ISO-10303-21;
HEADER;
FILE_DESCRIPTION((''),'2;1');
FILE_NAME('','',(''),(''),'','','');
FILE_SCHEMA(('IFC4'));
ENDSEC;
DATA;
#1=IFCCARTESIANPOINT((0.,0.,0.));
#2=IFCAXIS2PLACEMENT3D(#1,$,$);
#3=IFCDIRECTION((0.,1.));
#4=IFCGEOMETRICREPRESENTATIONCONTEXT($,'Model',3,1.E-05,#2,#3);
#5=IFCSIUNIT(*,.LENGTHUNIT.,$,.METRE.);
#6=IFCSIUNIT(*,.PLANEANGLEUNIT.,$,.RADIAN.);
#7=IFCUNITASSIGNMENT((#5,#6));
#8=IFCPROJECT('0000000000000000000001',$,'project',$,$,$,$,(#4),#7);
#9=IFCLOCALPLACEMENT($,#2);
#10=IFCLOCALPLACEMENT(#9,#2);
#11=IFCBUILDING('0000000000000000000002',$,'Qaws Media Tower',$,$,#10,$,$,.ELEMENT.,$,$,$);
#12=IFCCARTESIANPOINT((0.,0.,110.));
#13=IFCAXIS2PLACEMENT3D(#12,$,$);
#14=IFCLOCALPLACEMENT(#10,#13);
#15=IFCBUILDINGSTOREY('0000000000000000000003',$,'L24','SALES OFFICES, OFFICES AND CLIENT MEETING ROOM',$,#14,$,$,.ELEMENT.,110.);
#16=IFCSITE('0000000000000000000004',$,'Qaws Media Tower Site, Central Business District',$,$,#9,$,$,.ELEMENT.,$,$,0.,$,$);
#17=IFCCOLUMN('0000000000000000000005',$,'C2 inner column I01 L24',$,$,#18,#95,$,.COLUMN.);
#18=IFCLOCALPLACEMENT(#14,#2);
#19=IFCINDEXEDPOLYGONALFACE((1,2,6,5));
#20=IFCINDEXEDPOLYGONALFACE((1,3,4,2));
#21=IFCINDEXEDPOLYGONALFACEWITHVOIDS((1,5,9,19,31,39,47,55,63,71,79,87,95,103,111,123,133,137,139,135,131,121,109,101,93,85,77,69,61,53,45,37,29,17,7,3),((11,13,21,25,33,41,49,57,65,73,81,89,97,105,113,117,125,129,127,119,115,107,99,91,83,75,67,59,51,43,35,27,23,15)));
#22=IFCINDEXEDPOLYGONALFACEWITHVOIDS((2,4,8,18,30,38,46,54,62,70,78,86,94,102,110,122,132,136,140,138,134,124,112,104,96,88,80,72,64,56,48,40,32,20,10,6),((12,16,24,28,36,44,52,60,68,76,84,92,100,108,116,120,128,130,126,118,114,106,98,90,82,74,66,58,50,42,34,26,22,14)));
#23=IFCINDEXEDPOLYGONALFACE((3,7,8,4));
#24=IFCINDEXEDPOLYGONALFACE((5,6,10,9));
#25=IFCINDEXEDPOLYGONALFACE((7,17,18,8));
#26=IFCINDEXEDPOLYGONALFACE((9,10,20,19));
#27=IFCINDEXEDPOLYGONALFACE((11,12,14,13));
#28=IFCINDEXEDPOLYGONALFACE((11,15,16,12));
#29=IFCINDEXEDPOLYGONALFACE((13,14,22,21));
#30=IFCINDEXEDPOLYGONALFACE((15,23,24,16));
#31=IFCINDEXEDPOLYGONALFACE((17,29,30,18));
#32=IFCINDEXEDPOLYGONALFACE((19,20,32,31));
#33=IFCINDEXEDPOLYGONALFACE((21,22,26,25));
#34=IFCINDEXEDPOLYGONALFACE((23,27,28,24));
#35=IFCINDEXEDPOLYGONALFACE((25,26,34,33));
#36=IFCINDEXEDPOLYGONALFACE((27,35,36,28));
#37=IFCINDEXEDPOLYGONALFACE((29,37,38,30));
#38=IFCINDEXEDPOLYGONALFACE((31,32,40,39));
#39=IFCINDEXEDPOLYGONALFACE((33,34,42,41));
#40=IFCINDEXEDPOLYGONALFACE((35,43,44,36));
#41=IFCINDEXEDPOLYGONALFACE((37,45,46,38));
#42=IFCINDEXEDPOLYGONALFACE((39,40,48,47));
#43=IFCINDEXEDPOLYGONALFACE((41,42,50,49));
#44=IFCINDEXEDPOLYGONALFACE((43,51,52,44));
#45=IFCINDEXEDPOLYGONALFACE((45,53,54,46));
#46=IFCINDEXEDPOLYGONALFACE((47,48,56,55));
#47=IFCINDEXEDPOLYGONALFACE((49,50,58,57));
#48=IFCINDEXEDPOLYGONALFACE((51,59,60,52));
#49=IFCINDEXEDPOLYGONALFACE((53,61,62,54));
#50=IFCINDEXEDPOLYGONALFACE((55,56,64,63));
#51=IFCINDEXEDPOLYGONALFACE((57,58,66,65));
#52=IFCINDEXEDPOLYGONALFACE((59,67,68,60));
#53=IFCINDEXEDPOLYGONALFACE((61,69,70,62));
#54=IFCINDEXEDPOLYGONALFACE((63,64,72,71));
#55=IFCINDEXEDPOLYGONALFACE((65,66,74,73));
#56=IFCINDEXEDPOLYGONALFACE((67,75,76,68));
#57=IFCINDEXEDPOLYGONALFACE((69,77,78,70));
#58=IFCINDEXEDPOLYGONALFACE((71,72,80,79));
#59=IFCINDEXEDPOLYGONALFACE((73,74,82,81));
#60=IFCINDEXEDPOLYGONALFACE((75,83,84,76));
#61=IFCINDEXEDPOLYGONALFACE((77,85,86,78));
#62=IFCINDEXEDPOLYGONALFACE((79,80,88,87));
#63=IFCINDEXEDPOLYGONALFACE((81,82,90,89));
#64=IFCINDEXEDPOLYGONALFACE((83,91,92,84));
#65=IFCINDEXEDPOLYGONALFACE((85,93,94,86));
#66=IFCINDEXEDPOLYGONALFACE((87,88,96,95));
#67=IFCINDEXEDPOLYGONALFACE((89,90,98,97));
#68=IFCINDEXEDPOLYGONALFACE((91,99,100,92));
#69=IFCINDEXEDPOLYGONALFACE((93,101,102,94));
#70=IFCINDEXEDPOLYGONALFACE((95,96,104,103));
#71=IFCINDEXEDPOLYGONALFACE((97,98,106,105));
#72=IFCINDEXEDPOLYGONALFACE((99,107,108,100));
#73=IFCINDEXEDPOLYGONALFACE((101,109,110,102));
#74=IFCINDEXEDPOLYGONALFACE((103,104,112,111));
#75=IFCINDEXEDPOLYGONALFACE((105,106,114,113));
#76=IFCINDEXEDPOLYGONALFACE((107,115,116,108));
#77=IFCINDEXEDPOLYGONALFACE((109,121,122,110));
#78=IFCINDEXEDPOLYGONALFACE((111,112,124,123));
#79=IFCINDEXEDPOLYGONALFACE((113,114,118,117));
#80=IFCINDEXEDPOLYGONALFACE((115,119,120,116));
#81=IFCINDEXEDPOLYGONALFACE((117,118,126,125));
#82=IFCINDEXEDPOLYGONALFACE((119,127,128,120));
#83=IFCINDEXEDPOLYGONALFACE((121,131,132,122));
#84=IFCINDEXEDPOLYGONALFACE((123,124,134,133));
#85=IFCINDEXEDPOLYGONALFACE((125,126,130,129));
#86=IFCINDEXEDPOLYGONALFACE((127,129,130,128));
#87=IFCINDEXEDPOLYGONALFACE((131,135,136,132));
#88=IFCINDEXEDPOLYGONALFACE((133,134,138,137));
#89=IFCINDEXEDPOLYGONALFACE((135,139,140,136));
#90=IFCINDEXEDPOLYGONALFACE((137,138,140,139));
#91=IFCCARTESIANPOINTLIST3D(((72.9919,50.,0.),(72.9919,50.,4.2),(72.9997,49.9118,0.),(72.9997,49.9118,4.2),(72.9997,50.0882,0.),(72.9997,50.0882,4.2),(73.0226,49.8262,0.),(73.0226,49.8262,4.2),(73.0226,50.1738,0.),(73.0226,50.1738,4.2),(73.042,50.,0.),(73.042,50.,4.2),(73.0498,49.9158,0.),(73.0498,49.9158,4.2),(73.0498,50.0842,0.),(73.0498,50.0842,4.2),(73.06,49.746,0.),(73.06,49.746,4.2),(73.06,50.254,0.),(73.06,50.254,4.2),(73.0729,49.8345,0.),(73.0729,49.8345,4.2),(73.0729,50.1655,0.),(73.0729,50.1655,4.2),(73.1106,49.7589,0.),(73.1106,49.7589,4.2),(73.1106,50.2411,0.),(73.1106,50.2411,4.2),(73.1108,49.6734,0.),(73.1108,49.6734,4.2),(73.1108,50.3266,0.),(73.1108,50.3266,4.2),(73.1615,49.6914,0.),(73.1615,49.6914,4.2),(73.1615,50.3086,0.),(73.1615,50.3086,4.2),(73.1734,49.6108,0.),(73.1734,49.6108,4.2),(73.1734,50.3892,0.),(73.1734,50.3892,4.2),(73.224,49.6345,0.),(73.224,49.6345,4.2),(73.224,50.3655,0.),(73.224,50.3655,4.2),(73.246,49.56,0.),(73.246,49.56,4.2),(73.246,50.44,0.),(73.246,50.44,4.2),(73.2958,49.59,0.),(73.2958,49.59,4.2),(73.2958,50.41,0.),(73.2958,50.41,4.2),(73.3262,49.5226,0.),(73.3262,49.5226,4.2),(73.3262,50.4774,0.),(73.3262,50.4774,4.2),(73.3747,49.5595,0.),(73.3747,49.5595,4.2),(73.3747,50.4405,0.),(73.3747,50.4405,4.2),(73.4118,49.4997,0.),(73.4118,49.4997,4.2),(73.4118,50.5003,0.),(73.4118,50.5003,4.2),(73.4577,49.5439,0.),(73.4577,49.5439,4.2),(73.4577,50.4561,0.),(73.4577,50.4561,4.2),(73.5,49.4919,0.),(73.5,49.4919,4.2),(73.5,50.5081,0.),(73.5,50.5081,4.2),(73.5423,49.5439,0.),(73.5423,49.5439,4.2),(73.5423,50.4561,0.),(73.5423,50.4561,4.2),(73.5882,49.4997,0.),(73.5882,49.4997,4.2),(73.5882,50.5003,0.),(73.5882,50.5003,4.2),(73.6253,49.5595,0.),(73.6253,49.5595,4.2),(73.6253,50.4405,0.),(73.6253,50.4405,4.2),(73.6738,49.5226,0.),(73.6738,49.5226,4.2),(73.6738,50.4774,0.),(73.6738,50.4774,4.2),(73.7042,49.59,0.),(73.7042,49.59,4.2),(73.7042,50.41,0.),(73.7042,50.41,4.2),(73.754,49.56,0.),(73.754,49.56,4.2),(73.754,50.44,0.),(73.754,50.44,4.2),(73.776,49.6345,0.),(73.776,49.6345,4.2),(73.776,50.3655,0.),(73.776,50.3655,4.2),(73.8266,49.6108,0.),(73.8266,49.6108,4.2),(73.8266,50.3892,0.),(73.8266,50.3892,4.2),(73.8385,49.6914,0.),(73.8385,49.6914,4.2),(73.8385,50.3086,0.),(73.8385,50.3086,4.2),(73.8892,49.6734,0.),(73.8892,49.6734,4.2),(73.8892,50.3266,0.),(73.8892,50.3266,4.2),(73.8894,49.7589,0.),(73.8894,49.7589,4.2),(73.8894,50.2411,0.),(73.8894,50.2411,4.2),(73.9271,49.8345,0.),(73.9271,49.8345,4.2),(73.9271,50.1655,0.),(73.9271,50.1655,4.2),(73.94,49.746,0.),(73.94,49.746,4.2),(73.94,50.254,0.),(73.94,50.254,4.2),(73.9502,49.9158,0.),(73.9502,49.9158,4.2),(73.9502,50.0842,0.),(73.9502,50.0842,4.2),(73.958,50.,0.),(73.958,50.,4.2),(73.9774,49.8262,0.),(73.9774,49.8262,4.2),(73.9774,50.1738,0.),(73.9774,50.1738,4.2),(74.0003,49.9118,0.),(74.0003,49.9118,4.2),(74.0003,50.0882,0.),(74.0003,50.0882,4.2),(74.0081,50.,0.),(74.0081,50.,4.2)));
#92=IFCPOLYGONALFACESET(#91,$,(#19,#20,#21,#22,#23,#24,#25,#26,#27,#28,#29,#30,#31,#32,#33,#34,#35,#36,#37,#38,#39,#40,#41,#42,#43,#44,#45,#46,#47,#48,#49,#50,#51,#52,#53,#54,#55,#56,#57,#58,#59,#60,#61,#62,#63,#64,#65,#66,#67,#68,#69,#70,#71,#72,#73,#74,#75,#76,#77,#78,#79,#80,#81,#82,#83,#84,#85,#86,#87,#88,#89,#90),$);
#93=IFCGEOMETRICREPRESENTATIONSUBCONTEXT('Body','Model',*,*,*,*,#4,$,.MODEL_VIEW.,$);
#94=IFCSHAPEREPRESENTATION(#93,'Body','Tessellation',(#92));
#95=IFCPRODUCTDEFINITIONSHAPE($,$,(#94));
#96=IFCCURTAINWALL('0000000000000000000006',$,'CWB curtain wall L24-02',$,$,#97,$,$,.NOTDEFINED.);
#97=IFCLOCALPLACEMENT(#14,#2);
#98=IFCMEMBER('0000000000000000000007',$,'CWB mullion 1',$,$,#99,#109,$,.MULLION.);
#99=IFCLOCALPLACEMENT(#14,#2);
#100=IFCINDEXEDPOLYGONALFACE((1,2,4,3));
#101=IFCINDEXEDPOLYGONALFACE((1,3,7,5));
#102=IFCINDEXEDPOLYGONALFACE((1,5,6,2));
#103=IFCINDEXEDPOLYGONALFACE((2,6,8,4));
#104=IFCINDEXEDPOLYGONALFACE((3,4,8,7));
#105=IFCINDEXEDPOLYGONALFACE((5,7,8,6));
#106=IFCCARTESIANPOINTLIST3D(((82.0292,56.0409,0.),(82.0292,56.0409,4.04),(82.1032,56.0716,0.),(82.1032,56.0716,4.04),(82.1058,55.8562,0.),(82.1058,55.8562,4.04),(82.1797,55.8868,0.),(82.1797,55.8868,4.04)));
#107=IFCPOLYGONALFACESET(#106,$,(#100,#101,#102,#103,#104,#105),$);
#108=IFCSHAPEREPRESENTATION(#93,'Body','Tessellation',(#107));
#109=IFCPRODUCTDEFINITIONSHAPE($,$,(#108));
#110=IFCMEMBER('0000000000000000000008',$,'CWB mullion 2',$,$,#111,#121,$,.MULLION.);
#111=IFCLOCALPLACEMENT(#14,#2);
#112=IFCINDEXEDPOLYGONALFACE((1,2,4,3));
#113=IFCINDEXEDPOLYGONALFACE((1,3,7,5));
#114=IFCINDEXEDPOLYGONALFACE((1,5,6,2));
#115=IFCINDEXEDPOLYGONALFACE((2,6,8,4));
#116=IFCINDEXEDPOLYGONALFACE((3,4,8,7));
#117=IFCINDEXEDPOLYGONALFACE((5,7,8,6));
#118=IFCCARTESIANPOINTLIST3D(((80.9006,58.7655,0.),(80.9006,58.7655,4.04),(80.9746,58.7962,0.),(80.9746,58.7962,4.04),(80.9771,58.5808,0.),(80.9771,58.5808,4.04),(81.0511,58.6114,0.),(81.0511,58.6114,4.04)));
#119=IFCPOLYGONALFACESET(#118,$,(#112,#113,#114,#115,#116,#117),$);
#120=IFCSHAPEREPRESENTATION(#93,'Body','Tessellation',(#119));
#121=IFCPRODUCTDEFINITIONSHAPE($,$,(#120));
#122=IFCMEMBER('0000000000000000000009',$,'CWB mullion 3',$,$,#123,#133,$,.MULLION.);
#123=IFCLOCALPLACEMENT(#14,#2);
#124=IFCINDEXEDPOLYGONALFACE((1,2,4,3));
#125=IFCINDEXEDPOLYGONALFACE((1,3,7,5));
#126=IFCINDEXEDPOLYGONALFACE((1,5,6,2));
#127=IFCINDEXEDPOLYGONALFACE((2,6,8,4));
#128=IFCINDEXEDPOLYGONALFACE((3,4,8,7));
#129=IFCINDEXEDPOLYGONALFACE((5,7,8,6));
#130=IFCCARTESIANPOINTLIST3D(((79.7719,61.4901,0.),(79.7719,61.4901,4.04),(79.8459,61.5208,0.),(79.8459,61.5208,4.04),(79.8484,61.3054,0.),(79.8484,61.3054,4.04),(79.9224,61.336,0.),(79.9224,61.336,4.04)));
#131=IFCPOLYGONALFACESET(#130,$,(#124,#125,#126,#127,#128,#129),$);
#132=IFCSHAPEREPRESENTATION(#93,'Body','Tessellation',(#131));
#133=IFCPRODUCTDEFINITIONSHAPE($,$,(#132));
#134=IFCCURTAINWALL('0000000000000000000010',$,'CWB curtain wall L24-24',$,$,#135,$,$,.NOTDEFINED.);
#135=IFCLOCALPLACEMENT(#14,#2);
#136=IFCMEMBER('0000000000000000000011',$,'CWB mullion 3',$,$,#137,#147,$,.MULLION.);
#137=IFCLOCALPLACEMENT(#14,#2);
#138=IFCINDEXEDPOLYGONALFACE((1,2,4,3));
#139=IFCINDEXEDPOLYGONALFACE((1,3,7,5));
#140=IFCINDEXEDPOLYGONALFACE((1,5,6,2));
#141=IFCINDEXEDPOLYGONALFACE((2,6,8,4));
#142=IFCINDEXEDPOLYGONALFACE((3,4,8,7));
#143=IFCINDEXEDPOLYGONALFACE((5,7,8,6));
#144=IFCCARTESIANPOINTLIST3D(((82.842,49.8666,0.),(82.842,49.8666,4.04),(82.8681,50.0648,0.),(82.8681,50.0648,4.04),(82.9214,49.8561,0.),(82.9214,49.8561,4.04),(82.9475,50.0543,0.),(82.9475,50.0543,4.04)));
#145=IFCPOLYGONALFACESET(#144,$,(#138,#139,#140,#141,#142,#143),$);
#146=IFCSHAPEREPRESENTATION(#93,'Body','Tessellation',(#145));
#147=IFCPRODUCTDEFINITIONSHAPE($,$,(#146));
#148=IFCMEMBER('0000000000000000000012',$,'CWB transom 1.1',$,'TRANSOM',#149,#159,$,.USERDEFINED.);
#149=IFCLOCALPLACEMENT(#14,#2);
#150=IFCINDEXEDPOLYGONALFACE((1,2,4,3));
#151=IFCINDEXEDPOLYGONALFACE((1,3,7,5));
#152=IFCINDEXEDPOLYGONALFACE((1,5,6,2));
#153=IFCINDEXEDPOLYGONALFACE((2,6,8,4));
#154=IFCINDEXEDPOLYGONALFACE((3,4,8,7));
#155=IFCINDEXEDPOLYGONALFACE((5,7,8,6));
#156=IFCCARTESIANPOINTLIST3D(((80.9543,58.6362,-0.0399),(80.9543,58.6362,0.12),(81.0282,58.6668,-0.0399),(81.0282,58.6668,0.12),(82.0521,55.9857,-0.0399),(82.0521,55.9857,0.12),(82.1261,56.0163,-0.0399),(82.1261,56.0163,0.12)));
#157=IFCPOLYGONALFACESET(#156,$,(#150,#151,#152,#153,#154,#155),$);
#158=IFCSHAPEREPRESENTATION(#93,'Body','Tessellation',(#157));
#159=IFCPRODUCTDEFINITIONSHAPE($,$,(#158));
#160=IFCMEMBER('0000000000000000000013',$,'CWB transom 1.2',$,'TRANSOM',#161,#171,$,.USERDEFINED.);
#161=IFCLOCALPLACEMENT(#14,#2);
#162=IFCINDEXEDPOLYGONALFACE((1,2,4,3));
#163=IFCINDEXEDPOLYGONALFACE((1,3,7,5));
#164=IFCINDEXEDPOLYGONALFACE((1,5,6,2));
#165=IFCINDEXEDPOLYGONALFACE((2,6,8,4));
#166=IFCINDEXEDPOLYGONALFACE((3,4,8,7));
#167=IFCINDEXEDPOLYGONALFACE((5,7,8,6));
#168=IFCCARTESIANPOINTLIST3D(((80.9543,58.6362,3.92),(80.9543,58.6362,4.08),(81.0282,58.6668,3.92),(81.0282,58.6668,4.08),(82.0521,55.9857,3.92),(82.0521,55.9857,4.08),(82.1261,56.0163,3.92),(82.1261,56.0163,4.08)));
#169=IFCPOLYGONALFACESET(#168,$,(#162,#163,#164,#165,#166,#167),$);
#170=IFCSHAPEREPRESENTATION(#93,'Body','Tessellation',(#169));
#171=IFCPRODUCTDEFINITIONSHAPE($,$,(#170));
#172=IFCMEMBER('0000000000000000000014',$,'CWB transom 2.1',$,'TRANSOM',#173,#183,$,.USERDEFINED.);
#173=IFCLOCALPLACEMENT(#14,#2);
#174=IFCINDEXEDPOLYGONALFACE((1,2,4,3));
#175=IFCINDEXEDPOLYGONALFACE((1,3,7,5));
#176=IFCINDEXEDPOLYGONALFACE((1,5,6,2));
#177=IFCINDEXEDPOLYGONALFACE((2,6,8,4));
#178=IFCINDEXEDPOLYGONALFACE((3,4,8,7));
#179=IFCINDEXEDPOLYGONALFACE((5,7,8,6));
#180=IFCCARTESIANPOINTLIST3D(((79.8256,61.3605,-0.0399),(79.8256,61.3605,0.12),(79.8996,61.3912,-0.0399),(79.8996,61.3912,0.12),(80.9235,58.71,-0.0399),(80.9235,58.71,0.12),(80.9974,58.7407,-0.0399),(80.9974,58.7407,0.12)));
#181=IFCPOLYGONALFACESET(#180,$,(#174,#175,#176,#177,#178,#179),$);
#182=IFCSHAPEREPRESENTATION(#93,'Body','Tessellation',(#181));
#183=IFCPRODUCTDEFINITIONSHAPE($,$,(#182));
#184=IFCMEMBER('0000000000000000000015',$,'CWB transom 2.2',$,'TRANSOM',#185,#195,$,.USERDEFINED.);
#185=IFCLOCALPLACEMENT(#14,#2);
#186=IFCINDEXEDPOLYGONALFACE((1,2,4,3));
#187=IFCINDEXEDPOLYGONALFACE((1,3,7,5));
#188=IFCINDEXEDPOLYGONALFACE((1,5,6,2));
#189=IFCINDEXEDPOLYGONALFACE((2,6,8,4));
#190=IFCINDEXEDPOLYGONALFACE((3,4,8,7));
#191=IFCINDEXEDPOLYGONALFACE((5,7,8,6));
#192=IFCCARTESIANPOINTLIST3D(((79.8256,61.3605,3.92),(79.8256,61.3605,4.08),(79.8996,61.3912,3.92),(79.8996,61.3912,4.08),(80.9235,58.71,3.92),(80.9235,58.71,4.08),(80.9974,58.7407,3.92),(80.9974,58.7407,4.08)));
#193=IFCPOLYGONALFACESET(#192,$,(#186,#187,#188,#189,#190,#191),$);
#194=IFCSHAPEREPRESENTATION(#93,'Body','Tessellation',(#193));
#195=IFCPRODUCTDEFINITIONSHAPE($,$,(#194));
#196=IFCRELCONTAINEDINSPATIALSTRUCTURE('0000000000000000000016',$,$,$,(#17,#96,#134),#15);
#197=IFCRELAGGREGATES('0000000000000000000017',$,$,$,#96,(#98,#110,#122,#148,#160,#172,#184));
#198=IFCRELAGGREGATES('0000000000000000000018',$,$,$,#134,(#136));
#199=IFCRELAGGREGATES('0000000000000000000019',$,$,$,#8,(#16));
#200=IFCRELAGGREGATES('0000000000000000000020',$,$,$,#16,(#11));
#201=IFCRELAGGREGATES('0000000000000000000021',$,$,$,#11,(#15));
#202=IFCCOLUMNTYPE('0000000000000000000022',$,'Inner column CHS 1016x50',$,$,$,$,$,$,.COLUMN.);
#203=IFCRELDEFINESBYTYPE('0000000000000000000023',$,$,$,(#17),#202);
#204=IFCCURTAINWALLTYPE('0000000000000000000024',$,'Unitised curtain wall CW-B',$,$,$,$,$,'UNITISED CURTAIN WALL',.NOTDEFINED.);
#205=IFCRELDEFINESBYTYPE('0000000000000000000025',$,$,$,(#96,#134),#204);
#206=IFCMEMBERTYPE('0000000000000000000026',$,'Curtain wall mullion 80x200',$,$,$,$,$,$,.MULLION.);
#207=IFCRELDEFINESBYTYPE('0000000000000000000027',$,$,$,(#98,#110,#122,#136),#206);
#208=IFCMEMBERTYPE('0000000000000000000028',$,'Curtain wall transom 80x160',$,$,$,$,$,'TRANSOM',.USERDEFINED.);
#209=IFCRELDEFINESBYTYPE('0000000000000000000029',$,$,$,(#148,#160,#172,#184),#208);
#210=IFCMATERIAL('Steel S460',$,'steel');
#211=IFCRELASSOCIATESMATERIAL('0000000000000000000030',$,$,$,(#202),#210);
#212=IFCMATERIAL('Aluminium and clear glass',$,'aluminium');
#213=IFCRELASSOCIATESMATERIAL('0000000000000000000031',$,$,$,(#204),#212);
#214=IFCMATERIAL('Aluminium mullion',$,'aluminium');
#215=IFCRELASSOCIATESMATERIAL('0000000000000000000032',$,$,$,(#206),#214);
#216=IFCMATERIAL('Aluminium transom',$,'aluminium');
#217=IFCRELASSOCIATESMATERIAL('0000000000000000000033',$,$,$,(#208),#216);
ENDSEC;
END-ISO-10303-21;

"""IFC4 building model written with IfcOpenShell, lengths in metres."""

from ifc_helpers import new_model, si_unit, direction, frame, origin, origin_2d, place, context, subcontext, project, spatial, rectangle, hollow_circle, extrude, material, material_profile, profile_set, type_object, element, aggregate, save


model = new_model("IFC4")

# Units and contexts
model_context = context("Model", 3, precision=1e-05, world=origin(), true_north=direction((0.0, 1.0)))
body_context = subcontext(model_context, "Body", "Model", "MODEL_VIEW")
ifc_project = project(units=[si_unit("LENGTHUNIT", "METRE"), si_unit("PLANEANGLEUNIT", "RADIAN")], contexts=[model_context])

# Site, building, storey
site_placement = place(None, origin())
site = spatial("IfcSite", under=ifc_project, at=site_placement, Name="Qaws Media Tower Site, Central Business District", CompositionType="ELEMENT", RefElevation=0.0)
building_placement = place(site_placement, origin())
building = spatial("IfcBuilding", under=site, at=building_placement, Name="Qaws Media Tower", CompositionType="ELEMENT")
storey_placement = place(building_placement, frame((0.0, 0.0, 110.0)))
storey = spatial("IfcBuildingStorey", under=building, at=storey_placement, Name="L24", Description="SALES OFFICES, OFFICES AND CLIENT MEETING ROOM", CompositionType="ELEMENT", Elevation=110.0)

# Column
ifc_material_1 = material(Name="Steel S460", Category="steel")
ifc_material_profile_1 = material_profile(ifc_material_1, hollow_circle(Radius=0.5081, WallThickness=0.05, at=origin_2d()), Name="CHS 1016x50")
ifc_profile_set_1 = profile_set([ifc_material_profile_1], Name="Steel S460")
column_type = type_object("IfcColumnType", Name="Inner column CHS 1016x50", PredefinedType="COLUMN", material=ifc_profile_set_1)
column_placement = place(storey_placement, frame((73.5, 50.0, 0.0), z_axis=(0.0, 0.0, 1.0), x_axis=(1.0, 0.0, 0.0)))
element("IfcColumn", 1, at=column_placement, inside=storey, type_object=column_type, Name="C2 inner column I01 L24", PredefinedType="COLUMN", context=body_context, shape_type="SweptSolid", body=[
    extrude(hollow_circle(Radius=0.5081, WallThickness=0.05, at=origin_2d()), origin(), (0.0, 0.0, 1.0), 4.2),
])

# Curtain wall, members
ifc_material_2 = material(Name="Aluminium and clear glass", Category="aluminium")
curtain_wall_type = type_object("IfcCurtainWallType", Name="Unitised curtain wall CW-B", ElementType="UNITISED CURTAIN WALL", PredefinedType="NOTDEFINED", material=ifc_material_2)
curtain_wall_1_placement = place(storey_placement, origin())
curtain_wall_1 = element("IfcCurtainWall", 2, at=curtain_wall_1_placement, inside=storey, type_object=curtain_wall_type, Name="CWB curtain wall L24-02", PredefinedType="NOTDEFINED")
ifc_material_3 = material(Name="Aluminium mullion", Category="aluminium")
ifc_material_profile_2 = material_profile(ifc_material_3, rectangle(XDim=0.0801, YDim=0.2, at=origin_2d()), Name="80x200")
ifc_profile_set_2 = profile_set([ifc_material_profile_2], Name="Aluminium mullion")
member_type_1 = type_object("IfcMemberType", Name="Curtain wall mullion 80x200", PredefinedType="MULLION", material=ifc_profile_set_2)
member_1_placement = place(storey_placement, frame((82.1045, 55.9639, 0.0), z_axis=(0.0, 0.0, 1.0), x_axis=(-0.92388, -0.382683, 0.0)))
member_1 = element("IfcMember", 3, at=member_1_placement, type_object=member_type_1, Name="CWB mullion 1", PredefinedType="MULLION", context=body_context, shape_type="SweptSolid", body=[
    extrude(rectangle(XDim=0.0801, YDim=0.2, at=origin_2d()), origin(), (0.0, 0.0, 1.0), 4.04),
])
member_2_placement = place(storey_placement, frame((80.9758, 58.6885, 0.0), z_axis=(0.0, 0.0, 1.0), x_axis=(-0.92388, -0.382683, 0.0)))
member_2 = element("IfcMember", 4, at=member_2_placement, type_object=member_type_1, Name="CWB mullion 2", PredefinedType="MULLION", context=body_context, shape_type="SweptSolid", body=[
    extrude(rectangle(XDim=0.0801, YDim=0.2, at=origin_2d()), origin(), (0.0, 0.0, 1.0), 4.04),
])
member_3_placement = place(storey_placement, frame((79.8472, 61.4131, 0.0), z_axis=(0.0, 0.0, 1.0), x_axis=(-0.92388, -0.382683, 0.0)))
member_3 = element("IfcMember", 5, at=member_3_placement, type_object=member_type_1, Name="CWB mullion 3", PredefinedType="MULLION", context=body_context, shape_type="SweptSolid", body=[
    extrude(rectangle(XDim=0.0801, YDim=0.2, at=origin_2d()), origin(), (0.0, 0.0, 1.0), 4.04),
])

# Curtain wall, member
curtain_wall_2_placement = place(storey_placement, origin())
curtain_wall_2 = element("IfcCurtainWall", 6, at=curtain_wall_2_placement, inside=storey, type_object=curtain_wall_type, Name="CWB curtain wall L24-24", PredefinedType="NOTDEFINED")
member_4_placement = place(storey_placement, frame((82.8948, 49.9604, 0.0), z_axis=(0.0, 0.0, 1.0), x_axis=(-0.991445, 0.130526, 0.0)))
member_4 = element("IfcMember", 7, at=member_4_placement, type_object=member_type_1, Name="CWB mullion 3", PredefinedType="MULLION", context=body_context, shape_type="SweptSolid", body=[
    extrude(rectangle(XDim=0.0801, YDim=0.2, at=origin_2d()), origin(), (0.0, 0.0, 1.0), 4.04),
])

# Members
ifc_material_4 = material(Name="Aluminium transom", Category="aluminium")
ifc_material_profile_3 = material_profile(ifc_material_4, rectangle(XDim=0.0801, YDim=0.1599, at=origin_2d()), Name="80x160")
ifc_profile_set_3 = profile_set([ifc_material_profile_3], Name="Aluminium transom")
member_type_2 = type_object("IfcMemberType", Name="Curtain wall transom 80x160", ElementType="TRANSOM", PredefinedType="USERDEFINED", material=ifc_profile_set_3)
member_5_placement = place(storey_placement, frame((82.0891, 56.001, 0.04), z_axis=(-0.382675, 0.923883, 0.0), x_axis=(-0.923883, -0.382675, 0.0)))
member_5 = element("IfcMember", 8, at=member_5_placement, type_object=member_type_2, Name="CWB transom 1.1", ObjectType="TRANSOM", PredefinedType="USERDEFINED", context=body_context, shape_type="SweptSolid", body=[
    extrude(rectangle(XDim=0.0801, YDim=0.1599, at=origin_2d()), origin(), (0.0, 0.0, 1.0), 2.8689),
])
member_6_placement = place(storey_placement, frame((82.0891, 56.001, 4.0), z_axis=(-0.382675, 0.923883, 0.0), x_axis=(-0.923883, -0.382675, 0.0)))
member_6 = element("IfcMember", 9, at=member_6_placement, type_object=member_type_2, Name="CWB transom 1.2", ObjectType="TRANSOM", PredefinedType="USERDEFINED", context=body_context, shape_type="SweptSolid", body=[
    extrude(rectangle(XDim=0.0801, YDim=0.1599, at=origin_2d()), origin(), (0.0, 0.0, 1.0), 2.8689),
])
member_7_placement = place(storey_placement, frame((80.9604, 58.7253, 0.04), z_axis=(-0.382675, 0.923883, 0.0), x_axis=(-0.923883, -0.382675, 0.0)))
member_7 = element("IfcMember", 10, at=member_7_placement, type_object=member_type_2, Name="CWB transom 2.1", ObjectType="TRANSOM", PredefinedType="USERDEFINED", context=body_context, shape_type="SweptSolid", body=[
    extrude(rectangle(XDim=0.0801, YDim=0.1599, at=origin_2d()), origin(), (0.0, 0.0, 1.0), 2.8689),
])
member_8_placement = place(storey_placement, frame((80.9604, 58.7253, 4.0), z_axis=(-0.382675, 0.923883, 0.0), x_axis=(-0.923883, -0.382675, 0.0)))
member_8 = element("IfcMember", 11, at=member_8_placement, type_object=member_type_2, Name="CWB transom 2.2", ObjectType="TRANSOM", PredefinedType="USERDEFINED", context=body_context, shape_type="SweptSolid", body=[
    extrude(rectangle(XDim=0.0801, YDim=0.1599, at=origin_2d()), origin(), (0.0, 0.0, 1.0), 2.8689),
])

aggregate(curtain_wall_1, [member_1, member_2, member_3, member_5, member_6, member_7, member_8])
aggregate(curtain_wall_2, [member_4])

save(model, "model.ifc")
